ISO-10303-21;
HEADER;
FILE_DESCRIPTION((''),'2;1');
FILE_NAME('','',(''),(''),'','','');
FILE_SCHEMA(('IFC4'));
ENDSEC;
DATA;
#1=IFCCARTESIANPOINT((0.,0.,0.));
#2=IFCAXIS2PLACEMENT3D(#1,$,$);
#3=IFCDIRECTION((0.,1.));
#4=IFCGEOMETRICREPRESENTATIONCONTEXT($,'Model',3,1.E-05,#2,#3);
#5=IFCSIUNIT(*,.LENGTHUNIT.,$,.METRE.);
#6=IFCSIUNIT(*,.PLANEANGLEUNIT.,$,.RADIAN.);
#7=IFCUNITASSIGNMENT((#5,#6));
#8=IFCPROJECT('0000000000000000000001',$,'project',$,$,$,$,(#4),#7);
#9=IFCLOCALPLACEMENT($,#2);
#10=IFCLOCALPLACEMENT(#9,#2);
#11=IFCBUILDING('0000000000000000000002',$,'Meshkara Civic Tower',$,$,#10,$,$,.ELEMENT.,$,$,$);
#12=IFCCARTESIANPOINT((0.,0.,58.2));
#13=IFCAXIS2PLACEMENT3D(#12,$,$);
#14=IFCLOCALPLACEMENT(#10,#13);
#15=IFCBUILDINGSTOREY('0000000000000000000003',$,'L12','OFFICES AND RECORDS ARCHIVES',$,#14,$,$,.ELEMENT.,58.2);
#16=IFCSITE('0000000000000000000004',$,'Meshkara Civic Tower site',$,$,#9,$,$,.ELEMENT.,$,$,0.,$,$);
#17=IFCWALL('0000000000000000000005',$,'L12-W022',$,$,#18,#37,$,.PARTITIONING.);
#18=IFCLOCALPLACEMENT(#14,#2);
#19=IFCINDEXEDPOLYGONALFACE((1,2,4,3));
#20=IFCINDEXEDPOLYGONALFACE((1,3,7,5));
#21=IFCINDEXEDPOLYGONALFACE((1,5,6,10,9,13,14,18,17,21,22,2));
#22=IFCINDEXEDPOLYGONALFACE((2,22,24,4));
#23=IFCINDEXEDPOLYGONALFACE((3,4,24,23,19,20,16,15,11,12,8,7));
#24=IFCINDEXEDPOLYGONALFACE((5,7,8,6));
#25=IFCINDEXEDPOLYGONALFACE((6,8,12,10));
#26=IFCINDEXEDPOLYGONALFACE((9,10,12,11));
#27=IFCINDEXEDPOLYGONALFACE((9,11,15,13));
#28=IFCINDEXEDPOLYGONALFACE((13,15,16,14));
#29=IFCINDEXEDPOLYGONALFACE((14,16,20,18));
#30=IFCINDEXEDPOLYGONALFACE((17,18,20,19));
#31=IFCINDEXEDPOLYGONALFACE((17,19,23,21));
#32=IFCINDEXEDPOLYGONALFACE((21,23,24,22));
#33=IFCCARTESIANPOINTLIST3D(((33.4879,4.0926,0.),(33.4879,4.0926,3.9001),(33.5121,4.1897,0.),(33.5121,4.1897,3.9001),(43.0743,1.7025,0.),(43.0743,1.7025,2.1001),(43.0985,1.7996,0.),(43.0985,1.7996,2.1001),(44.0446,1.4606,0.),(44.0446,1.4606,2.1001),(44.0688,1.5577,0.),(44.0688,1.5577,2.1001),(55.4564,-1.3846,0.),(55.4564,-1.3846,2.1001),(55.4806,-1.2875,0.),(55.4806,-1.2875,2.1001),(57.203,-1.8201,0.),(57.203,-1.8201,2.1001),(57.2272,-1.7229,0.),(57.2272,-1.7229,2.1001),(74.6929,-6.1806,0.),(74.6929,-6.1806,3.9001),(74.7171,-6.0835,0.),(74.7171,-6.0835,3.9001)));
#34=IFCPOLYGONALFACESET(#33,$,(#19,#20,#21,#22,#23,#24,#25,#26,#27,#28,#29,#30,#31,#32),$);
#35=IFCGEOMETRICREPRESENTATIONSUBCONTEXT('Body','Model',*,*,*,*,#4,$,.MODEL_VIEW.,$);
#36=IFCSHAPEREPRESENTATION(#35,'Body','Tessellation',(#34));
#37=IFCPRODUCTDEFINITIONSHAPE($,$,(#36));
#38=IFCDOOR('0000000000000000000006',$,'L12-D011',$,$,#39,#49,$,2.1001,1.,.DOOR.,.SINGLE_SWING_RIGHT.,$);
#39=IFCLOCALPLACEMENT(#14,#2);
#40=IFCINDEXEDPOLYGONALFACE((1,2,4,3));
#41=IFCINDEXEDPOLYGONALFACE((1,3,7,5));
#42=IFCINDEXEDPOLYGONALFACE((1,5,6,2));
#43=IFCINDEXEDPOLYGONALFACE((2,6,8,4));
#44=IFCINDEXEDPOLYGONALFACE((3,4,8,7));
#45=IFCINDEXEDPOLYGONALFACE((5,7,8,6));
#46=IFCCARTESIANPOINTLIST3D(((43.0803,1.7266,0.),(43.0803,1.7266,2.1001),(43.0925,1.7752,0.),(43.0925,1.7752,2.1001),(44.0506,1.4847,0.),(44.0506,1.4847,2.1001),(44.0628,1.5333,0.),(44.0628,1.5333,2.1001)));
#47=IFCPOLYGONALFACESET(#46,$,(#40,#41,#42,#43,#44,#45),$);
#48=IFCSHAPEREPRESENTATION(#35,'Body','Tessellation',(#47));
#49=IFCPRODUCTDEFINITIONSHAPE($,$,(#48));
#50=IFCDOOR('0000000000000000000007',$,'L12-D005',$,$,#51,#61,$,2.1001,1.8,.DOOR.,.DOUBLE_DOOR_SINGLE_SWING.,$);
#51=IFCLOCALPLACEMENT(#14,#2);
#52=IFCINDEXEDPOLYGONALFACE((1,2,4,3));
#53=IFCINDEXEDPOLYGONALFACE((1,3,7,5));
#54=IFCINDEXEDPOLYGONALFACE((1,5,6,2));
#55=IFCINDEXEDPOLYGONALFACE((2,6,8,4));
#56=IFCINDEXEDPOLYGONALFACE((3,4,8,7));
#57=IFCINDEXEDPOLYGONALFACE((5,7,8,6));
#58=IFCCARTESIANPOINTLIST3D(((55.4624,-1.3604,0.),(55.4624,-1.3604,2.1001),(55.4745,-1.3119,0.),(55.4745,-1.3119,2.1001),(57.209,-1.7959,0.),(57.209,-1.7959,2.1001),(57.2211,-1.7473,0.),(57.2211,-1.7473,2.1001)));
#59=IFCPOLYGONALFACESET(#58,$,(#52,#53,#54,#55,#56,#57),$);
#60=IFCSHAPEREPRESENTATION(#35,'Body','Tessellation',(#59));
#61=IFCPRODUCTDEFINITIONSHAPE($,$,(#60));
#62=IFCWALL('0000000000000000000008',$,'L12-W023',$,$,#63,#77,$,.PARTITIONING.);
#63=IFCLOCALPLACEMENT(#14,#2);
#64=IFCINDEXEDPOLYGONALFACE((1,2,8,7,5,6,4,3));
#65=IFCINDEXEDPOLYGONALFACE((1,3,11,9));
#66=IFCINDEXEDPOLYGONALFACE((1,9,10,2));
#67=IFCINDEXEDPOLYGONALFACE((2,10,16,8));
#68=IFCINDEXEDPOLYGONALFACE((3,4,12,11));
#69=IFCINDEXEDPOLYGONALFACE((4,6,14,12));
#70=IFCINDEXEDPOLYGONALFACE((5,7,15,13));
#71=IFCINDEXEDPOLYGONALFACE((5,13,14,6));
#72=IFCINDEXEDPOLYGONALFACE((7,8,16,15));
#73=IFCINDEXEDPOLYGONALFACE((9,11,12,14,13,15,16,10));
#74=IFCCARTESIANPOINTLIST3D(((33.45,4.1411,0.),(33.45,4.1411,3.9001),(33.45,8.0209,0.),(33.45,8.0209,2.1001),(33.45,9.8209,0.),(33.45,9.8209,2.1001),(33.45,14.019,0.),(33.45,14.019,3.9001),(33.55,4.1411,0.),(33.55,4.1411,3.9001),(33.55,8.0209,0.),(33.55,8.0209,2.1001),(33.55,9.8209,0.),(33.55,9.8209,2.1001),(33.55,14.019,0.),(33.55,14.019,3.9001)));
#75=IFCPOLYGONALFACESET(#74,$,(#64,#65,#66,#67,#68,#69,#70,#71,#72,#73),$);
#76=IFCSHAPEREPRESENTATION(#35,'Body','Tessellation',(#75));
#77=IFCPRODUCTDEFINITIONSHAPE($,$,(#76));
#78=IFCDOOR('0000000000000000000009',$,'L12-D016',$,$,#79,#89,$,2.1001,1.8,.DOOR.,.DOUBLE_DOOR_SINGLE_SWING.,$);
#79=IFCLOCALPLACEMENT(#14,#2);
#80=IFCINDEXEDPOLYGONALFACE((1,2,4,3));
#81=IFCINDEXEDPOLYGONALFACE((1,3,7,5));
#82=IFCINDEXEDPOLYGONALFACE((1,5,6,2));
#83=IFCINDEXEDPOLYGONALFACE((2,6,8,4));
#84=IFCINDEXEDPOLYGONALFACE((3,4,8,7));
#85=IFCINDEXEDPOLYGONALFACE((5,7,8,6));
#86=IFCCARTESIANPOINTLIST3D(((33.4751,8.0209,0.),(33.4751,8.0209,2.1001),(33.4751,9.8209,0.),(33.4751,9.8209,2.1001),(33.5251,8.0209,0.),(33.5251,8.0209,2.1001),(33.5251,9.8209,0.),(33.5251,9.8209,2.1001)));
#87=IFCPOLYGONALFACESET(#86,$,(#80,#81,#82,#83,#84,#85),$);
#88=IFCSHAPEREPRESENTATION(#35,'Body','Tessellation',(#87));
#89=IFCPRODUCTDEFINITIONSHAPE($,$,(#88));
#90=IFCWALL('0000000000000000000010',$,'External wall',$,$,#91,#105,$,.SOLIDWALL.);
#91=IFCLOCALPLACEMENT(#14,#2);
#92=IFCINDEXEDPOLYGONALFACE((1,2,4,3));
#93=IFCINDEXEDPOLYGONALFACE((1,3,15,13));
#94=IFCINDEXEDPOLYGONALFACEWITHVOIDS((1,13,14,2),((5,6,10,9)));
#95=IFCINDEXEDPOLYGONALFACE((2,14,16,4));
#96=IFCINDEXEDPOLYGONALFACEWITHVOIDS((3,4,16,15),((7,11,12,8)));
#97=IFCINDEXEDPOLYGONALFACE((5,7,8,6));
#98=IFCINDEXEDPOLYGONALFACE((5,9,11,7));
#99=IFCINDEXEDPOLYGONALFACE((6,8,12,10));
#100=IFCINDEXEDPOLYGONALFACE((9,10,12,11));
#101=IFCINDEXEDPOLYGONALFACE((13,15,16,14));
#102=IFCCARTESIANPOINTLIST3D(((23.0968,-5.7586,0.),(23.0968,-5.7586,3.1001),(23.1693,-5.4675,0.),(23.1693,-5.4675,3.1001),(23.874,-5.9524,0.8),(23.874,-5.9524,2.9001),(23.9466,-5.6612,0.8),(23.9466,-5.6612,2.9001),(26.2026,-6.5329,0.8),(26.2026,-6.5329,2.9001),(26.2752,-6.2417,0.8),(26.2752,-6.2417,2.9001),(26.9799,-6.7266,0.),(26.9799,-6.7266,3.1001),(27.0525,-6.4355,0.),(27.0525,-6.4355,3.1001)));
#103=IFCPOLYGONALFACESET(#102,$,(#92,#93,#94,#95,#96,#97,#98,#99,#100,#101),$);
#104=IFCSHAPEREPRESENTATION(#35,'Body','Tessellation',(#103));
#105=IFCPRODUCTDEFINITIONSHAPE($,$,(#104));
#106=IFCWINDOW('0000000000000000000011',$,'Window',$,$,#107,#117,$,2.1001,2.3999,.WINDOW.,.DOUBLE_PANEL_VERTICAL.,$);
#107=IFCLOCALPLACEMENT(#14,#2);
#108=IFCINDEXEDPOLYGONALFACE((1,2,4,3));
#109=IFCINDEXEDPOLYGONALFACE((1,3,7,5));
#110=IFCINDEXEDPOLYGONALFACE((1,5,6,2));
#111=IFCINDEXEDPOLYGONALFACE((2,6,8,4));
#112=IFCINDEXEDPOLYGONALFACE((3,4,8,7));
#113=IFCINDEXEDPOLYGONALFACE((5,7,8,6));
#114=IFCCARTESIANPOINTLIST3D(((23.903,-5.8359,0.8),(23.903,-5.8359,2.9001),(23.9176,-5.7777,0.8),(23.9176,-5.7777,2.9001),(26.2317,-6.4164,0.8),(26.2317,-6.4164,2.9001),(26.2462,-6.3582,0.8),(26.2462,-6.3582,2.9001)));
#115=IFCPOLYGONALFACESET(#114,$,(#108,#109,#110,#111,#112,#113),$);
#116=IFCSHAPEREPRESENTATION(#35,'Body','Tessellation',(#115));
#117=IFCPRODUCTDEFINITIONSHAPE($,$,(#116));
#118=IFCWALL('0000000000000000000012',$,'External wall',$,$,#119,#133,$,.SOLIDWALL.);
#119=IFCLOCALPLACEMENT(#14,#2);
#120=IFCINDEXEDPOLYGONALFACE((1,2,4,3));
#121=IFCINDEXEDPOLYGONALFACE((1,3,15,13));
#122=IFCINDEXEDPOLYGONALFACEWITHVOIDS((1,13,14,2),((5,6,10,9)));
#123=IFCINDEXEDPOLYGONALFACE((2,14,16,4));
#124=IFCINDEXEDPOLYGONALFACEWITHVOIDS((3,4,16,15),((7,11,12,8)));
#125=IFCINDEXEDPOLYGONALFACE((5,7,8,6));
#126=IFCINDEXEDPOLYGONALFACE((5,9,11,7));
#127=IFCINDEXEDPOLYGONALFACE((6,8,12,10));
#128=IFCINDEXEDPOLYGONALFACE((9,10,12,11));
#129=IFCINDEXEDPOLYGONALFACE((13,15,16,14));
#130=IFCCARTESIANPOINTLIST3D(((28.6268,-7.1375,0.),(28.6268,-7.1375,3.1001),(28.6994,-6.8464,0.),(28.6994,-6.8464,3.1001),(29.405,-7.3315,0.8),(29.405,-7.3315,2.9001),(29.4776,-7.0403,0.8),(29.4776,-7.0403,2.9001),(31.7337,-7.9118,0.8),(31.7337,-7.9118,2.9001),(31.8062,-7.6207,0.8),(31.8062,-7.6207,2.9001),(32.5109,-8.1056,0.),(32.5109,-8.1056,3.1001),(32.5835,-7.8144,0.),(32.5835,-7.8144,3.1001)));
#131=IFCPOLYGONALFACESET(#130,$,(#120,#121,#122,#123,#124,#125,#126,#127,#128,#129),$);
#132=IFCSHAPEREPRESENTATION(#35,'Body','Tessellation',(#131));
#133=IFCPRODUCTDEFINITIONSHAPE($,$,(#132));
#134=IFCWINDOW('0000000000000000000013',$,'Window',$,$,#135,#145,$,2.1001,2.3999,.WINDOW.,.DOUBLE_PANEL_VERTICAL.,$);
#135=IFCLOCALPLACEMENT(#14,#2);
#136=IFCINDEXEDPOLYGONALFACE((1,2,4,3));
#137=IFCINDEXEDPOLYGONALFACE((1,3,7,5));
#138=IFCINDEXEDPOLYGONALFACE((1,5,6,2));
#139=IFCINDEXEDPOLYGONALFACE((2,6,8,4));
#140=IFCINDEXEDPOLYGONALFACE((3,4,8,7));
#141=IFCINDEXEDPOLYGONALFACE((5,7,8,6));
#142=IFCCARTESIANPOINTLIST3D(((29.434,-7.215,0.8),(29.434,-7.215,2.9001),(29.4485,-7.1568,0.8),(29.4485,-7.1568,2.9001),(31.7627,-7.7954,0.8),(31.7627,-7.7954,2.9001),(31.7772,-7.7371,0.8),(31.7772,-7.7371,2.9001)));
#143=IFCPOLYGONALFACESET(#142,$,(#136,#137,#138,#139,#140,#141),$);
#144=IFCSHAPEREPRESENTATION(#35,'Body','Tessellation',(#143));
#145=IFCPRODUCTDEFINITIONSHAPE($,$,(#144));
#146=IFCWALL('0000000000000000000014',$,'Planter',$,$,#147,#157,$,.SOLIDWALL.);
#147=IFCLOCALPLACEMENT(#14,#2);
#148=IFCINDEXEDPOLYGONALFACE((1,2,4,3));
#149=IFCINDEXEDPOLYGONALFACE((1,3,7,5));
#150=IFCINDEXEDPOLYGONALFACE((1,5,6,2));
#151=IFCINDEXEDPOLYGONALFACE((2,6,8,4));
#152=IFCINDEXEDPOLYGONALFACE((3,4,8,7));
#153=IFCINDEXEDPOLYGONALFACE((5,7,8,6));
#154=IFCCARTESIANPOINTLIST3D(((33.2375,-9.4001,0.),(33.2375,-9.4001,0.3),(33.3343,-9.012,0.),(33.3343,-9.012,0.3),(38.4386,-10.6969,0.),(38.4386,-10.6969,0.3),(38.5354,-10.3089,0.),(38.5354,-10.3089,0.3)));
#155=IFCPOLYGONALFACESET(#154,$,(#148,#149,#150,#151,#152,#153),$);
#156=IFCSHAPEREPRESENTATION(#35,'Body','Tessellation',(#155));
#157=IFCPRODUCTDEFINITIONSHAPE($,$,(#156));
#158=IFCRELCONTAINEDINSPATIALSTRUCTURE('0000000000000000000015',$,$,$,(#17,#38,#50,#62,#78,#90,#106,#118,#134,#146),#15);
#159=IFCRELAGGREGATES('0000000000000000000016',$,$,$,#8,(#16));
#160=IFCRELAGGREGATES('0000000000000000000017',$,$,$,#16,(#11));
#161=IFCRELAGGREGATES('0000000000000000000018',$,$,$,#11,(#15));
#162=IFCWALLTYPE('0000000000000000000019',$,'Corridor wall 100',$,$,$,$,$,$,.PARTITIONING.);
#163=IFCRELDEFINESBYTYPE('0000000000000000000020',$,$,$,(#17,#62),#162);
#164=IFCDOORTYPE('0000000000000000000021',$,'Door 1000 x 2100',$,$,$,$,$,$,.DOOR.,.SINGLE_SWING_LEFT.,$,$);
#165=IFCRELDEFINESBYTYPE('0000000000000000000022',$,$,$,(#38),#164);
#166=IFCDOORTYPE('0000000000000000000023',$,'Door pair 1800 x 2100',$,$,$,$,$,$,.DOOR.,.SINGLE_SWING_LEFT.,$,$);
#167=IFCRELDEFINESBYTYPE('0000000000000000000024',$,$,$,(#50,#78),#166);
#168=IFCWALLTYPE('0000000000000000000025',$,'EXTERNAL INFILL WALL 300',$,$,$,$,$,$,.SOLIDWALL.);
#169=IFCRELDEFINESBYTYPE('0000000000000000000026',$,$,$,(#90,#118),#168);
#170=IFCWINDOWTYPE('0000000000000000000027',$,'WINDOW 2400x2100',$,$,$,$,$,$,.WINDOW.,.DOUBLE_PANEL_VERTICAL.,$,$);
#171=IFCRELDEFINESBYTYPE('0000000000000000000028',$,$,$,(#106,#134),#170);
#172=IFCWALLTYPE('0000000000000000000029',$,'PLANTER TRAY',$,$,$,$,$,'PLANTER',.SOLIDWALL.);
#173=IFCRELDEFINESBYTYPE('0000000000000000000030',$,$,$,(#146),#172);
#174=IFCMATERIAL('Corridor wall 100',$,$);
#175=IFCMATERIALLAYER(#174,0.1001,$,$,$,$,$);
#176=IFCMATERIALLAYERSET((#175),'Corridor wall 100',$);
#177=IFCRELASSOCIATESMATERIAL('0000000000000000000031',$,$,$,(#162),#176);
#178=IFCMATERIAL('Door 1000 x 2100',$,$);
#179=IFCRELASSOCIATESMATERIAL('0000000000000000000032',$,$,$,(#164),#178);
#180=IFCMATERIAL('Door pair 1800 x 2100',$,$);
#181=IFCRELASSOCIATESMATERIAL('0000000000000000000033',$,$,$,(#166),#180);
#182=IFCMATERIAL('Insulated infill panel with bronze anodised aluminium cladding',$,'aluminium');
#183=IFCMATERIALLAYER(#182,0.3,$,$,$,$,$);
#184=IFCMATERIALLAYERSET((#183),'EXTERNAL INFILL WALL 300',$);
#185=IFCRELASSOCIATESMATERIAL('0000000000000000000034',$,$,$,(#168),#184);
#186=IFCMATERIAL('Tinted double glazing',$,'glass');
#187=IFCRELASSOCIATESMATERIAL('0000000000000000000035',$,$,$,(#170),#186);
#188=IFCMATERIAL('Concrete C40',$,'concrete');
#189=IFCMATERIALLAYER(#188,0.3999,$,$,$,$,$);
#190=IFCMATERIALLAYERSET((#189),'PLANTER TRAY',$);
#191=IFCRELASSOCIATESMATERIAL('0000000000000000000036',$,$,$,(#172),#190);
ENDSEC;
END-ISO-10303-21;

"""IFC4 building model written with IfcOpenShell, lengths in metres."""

from ifc_helpers import new_model, si_unit, direction, frame, frame_2d, origin, place, context, subcontext, project, spatial, rectangle, extrude, material, layer, layer_set, type_object, element, fill, save


model = new_model("IFC4")

# Units and contexts
model_context = context("Model", 3, precision=1e-05, world=origin(), true_north=direction((0.0, 1.0)))
body_context = subcontext(model_context, "Body", "Model", "MODEL_VIEW")
ifc_project = project(units=[si_unit("LENGTHUNIT", "METRE"), si_unit("PLANEANGLEUNIT", "RADIAN")], contexts=[model_context])

# Site, building, storey
site_placement = place(None, origin())
site = spatial("IfcSite", under=ifc_project, at=site_placement, Name="Meshkara Civic Tower site", CompositionType="ELEMENT", RefElevation=0.0)
building_placement = place(site_placement, origin())
building = spatial("IfcBuilding", under=site, at=building_placement, Name="Meshkara Civic Tower", CompositionType="ELEMENT")
storey_placement = place(building_placement, frame((0.0, 0.0, 58.2)))
storey = spatial("IfcBuildingStorey", under=building, at=storey_placement, Name="L12", Description="OFFICES AND RECORDS ARCHIVES", CompositionType="ELEMENT", Elevation=58.2)

# Wall, openings, doors
ifc_material_1 = material(Name="Corridor wall 100")
ifc_layer_1 = layer(ifc_material_1, 0.1001)
ifc_layer_set_1 = layer_set([ifc_layer_1], Name="Corridor wall 100")
wall_type_1 = type_object("IfcWallType", Name="Corridor wall 100", PredefinedType="PARTITIONING", material=ifc_layer_set_1)
wall_1_placement = place(storey_placement, frame((33.5, 4.1411, 0.0), z_axis=(0.0, 0.0, 1.0), x_axis=(0.970298, -0.241913, 0.0)))
wall_1 = element("IfcWall", 1, at=wall_1_placement, inside=storey, type_object=wall_type_1, Name="L12-W022", PredefinedType="PARTITIONING", context=body_context, shape_type="SweptSolid", body=[
    extrude(rectangle(XDim=42.4663, YDim=0.1001, at=frame_2d((21.2332, 0.0))), origin(), (0.0, 0.0, 1.0), 3.9001),
])
opening_1_placement = place(wall_1_placement, frame((22.6411, 0.0, 0.0)))
opening_1 = element("IfcOpeningElement", 2, at=opening_1_placement, cuts=wall_1, PredefinedType="OPENING", context=body_context, shape_type="SweptSolid", body=[
    extrude(rectangle(XDim=1.8, YDim=2.1001, at=frame_2d((0.8999, 1.05))), frame((0.0, 0.0601, 0.0), z_axis=(0.0, -1.0, 0.0), x_axis=(1.0, 0.0, 0.0)), (0.0, 0.0, 1.0), 0.1201),
])
opening_2_placement = place(wall_1_placement, frame((9.8799, 0.0, 0.0)))
opening_2 = element("IfcOpeningElement", 3, at=opening_2_placement, cuts=wall_1, PredefinedType="OPENING", context=body_context, shape_type="SweptSolid", body=[
    extrude(rectangle(XDim=1.0, YDim=2.1001, at=frame_2d((0.5, 1.05))), frame((0.0, 0.0601, 0.0), z_axis=(0.0, -1.0, 0.0), x_axis=(1.0, 0.0, 0.0)), (0.0, 0.0, 1.0), 0.1201),
])
ifc_material_2 = material(Name="Door 1000 x 2100")
door_type_1 = type_object("IfcDoorType", Name="Door 1000 x 2100", OperationType="SINGLE_SWING_LEFT", PredefinedType="DOOR", material=ifc_material_2)
door_1_placement = place(opening_2_placement, origin())
door_1 = element("IfcDoor", 4, at=door_1_placement, inside=storey, type_object=door_type_1, Name="L12-D011", OperationType="SINGLE_SWING_RIGHT", OverallHeight=2.1001, OverallWidth=1.0, PredefinedType="DOOR", context=body_context, shape_type="SweptSolid", body=[
    extrude(rectangle(XDim=1.0, YDim=2.1001, at=frame_2d((0.5, 1.05))), frame((0.0, 0.0249, 0.0), z_axis=(0.0, -1.0, 0.0), x_axis=(1.0, 0.0, 0.0)), (0.0, 0.0, 1.0), 0.05),
])
fill(opening_2, door_1)
ifc_material_3 = material(Name="Door pair 1800 x 2100")
door_type_2 = type_object("IfcDoorType", Name="Door pair 1800 x 2100", OperationType="SINGLE_SWING_LEFT", PredefinedType="DOOR", material=ifc_material_3)
door_2_placement = place(opening_1_placement, origin())
door_2 = element("IfcDoor", 5, at=door_2_placement, inside=storey, type_object=door_type_2, Name="L12-D005", OperationType="DOUBLE_DOOR_SINGLE_SWING", OverallHeight=2.1001, OverallWidth=1.8, PredefinedType="DOOR", context=body_context, shape_type="SweptSolid", body=[
    extrude(rectangle(XDim=1.8, YDim=2.1001, at=frame_2d((0.8999, 1.05))), frame((0.0, 0.0249, 0.0), z_axis=(0.0, -1.0, 0.0), x_axis=(1.0, 0.0, 0.0)), (0.0, 0.0, 1.0), 0.05),
])
fill(opening_1, door_2)

# Wall, opening, door
wall_2_placement = place(storey_placement, frame((33.5, 4.1411, 0.0), z_axis=(0.0, 0.0, 1.0), x_axis=(0.0, 1.0, 0.0)))
wall_2 = element("IfcWall", 6, at=wall_2_placement, inside=storey, type_object=wall_type_1, Name="L12-W023", PredefinedType="PARTITIONING", context=body_context, shape_type="SweptSolid", body=[
    extrude(rectangle(XDim=9.8779, YDim=0.1001, at=frame_2d((4.939, 0.0))), origin(), (0.0, 0.0, 1.0), 3.9001),
])
opening_3_placement = place(wall_2_placement, frame((3.8799, 0.0, 0.0)))
opening_3 = element("IfcOpeningElement", 7, at=opening_3_placement, cuts=wall_2, PredefinedType="OPENING", context=body_context, shape_type="SweptSolid", body=[
    extrude(rectangle(XDim=1.8, YDim=2.1001, at=frame_2d((0.8999, 1.05))), frame((0.0, 0.0601, 0.0), z_axis=(0.0, -1.0, 0.0), x_axis=(1.0, 0.0, 0.0)), (0.0, 0.0, 1.0), 0.1201),
])
door_3_placement = place(opening_3_placement, origin())
door_3 = element("IfcDoor", 8, at=door_3_placement, inside=storey, type_object=door_type_2, Name="L12-D016", OperationType="DOUBLE_DOOR_SINGLE_SWING", OverallHeight=2.1001, OverallWidth=1.8, PredefinedType="DOOR", context=body_context, shape_type="SweptSolid", body=[
    extrude(rectangle(XDim=1.8, YDim=2.1001, at=frame_2d((0.8999, 1.05))), frame((0.0, 0.0249, 0.0), z_axis=(0.0, -1.0, 0.0), x_axis=(1.0, 0.0, 0.0)), (0.0, 0.0, 1.0), 0.05),
])
fill(opening_3, door_3)

# Walls, openings, windows
ifc_material_4 = material(Name="Insulated infill panel with bronze anodised aluminium cladding", Category="aluminium")
ifc_layer_2 = layer(ifc_material_4, 0.3)
ifc_layer_set_2 = layer_set([ifc_layer_2], Name="EXTERNAL INFILL WALL 300")
wall_type_2 = type_object("IfcWallType", Name="EXTERNAL INFILL WALL 300", PredefinedType="SOLIDWALL", material=ifc_layer_set_2)
wall_3_placement = place(storey_placement, frame((23.1331, -5.613, 0.0), z_axis=(0.0, 0.0, 1.0), x_axis=(0.970304, -0.24189, 0.0)))
wall_3 = element("IfcWall", 9, at=wall_3_placement, inside=storey, type_object=wall_type_2, Name="External wall", PredefinedType="SOLIDWALL", context=body_context, shape_type="SweptSolid", body=[
    extrude(rectangle(XDim=4.002, YDim=0.3, at=frame_2d((2.001, 0.0))), origin(), (0.0, 0.0, 1.0), 3.1001),
])
opening_4_placement = place(wall_3_placement, frame((0.801, 0.0, 0.8)))
opening_4 = element("IfcOpeningElement", 10, at=opening_4_placement, cuts=wall_3, PredefinedType="OPENING", context=body_context, shape_type="SweptSolid", body=[
    extrude(rectangle(XDim=2.3999, YDim=2.1001, at=frame_2d((1.2, 1.05))), frame((0.0, 0.1599, 0.0), z_axis=(0.0, -1.0, 0.0), x_axis=(1.0, 0.0, 0.0)), (0.0, 0.0, 1.0), 0.3201),
])
ifc_material_5 = material(Name="Tinted double glazing", Category="glass")
window_type = type_object("IfcWindowType", Name="WINDOW 2400x2100", PartitioningType="DOUBLE_PANEL_VERTICAL", PredefinedType="WINDOW", material=ifc_material_5)
window_1_placement = place(opening_4_placement, origin())
window_1 = element("IfcWindow", 11, at=window_1_placement, inside=storey, type_object=window_type, Name="Window", OverallHeight=2.1001, OverallWidth=2.3999, PartitioningType="DOUBLE_PANEL_VERTICAL", PredefinedType="WINDOW", context=body_context, shape_type="SweptSolid", body=[
    extrude(rectangle(XDim=2.3999, YDim=2.1001, at=frame_2d((1.2, 1.05))), frame((0.0, 0.03, 0.0), z_axis=(0.0, -1.0, 0.0), x_axis=(1.0, 0.0, 0.0)), (0.0, 0.0, 1.0), 0.0601),
])
fill(opening_4, window_1)
wall_4_placement = place(storey_placement, frame((28.6631, -6.9919, 0.0), z_axis=(0.0, 0.0, 1.0), x_axis=(0.970318, -0.241832, 0.0)))
wall_4 = element("IfcWall", 12, at=wall_4_placement, inside=storey, type_object=wall_type_2, Name="External wall", PredefinedType="SOLIDWALL", context=body_context, shape_type="SweptSolid", body=[
    extrude(rectangle(XDim=4.0029, YDim=0.3, at=frame_2d((2.0015, 0.0))), origin(), (0.0, 0.0, 1.0), 3.1001),
])
opening_5_placement = place(wall_4_placement, frame((0.802, 0.0, 0.8)))
opening_5 = element("IfcOpeningElement", 13, at=opening_5_placement, cuts=wall_4, PredefinedType="OPENING", context=body_context, shape_type="SweptSolid", body=[
    extrude(rectangle(XDim=2.3999, YDim=2.1001, at=frame_2d((1.2, 1.05))), frame((0.0, 0.1599, 0.0), z_axis=(0.0, -1.0, 0.0), x_axis=(1.0, 0.0, 0.0)), (0.0, 0.0, 1.0), 0.3201),
])
window_2_placement = place(opening_5_placement, origin())
window_2 = element("IfcWindow", 14, at=window_2_placement, inside=storey, type_object=window_type, Name="Window", OverallHeight=2.1001, OverallWidth=2.3999, PartitioningType="DOUBLE_PANEL_VERTICAL", PredefinedType="WINDOW", context=body_context, shape_type="SweptSolid", body=[
    extrude(rectangle(XDim=2.3999, YDim=2.1001, at=frame_2d((1.2, 1.05))), frame((0.0, 0.03, 0.0), z_axis=(0.0, -1.0, 0.0), x_axis=(1.0, 0.0, 0.0)), (0.0, 0.0, 1.0), 0.0601),
])
fill(opening_5, window_2)

# Wall
ifc_material_6 = material(Name="Concrete C40", Category="concrete")
ifc_layer_3 = layer(ifc_material_6, 0.3999)
ifc_layer_set_3 = layer_set([ifc_layer_3], Name="PLANTER TRAY")
wall_type_3 = type_object("IfcWallType", Name="PLANTER TRAY", ElementType="PLANTER", PredefinedType="SOLIDWALL", material=ifc_layer_set_3)
wall_5_placement = place(storey_placement, frame((33.2859, -9.2061, 0.0), z_axis=(0.0, 0.0, 1.0), x_axis=(0.970292, -0.241935, 0.0)))
element("IfcWall", 15, at=wall_5_placement, inside=storey, type_object=wall_type_3, Name="Planter", PredefinedType="SOLIDWALL", context=body_context, shape_type="SweptSolid", body=[
    extrude(rectangle(XDim=5.3604, YDim=0.3999, at=frame_2d((2.6802, 0.0))), origin(), (0.0, 0.0, 1.0), 0.3),
])

save(model, "model.ifc")
